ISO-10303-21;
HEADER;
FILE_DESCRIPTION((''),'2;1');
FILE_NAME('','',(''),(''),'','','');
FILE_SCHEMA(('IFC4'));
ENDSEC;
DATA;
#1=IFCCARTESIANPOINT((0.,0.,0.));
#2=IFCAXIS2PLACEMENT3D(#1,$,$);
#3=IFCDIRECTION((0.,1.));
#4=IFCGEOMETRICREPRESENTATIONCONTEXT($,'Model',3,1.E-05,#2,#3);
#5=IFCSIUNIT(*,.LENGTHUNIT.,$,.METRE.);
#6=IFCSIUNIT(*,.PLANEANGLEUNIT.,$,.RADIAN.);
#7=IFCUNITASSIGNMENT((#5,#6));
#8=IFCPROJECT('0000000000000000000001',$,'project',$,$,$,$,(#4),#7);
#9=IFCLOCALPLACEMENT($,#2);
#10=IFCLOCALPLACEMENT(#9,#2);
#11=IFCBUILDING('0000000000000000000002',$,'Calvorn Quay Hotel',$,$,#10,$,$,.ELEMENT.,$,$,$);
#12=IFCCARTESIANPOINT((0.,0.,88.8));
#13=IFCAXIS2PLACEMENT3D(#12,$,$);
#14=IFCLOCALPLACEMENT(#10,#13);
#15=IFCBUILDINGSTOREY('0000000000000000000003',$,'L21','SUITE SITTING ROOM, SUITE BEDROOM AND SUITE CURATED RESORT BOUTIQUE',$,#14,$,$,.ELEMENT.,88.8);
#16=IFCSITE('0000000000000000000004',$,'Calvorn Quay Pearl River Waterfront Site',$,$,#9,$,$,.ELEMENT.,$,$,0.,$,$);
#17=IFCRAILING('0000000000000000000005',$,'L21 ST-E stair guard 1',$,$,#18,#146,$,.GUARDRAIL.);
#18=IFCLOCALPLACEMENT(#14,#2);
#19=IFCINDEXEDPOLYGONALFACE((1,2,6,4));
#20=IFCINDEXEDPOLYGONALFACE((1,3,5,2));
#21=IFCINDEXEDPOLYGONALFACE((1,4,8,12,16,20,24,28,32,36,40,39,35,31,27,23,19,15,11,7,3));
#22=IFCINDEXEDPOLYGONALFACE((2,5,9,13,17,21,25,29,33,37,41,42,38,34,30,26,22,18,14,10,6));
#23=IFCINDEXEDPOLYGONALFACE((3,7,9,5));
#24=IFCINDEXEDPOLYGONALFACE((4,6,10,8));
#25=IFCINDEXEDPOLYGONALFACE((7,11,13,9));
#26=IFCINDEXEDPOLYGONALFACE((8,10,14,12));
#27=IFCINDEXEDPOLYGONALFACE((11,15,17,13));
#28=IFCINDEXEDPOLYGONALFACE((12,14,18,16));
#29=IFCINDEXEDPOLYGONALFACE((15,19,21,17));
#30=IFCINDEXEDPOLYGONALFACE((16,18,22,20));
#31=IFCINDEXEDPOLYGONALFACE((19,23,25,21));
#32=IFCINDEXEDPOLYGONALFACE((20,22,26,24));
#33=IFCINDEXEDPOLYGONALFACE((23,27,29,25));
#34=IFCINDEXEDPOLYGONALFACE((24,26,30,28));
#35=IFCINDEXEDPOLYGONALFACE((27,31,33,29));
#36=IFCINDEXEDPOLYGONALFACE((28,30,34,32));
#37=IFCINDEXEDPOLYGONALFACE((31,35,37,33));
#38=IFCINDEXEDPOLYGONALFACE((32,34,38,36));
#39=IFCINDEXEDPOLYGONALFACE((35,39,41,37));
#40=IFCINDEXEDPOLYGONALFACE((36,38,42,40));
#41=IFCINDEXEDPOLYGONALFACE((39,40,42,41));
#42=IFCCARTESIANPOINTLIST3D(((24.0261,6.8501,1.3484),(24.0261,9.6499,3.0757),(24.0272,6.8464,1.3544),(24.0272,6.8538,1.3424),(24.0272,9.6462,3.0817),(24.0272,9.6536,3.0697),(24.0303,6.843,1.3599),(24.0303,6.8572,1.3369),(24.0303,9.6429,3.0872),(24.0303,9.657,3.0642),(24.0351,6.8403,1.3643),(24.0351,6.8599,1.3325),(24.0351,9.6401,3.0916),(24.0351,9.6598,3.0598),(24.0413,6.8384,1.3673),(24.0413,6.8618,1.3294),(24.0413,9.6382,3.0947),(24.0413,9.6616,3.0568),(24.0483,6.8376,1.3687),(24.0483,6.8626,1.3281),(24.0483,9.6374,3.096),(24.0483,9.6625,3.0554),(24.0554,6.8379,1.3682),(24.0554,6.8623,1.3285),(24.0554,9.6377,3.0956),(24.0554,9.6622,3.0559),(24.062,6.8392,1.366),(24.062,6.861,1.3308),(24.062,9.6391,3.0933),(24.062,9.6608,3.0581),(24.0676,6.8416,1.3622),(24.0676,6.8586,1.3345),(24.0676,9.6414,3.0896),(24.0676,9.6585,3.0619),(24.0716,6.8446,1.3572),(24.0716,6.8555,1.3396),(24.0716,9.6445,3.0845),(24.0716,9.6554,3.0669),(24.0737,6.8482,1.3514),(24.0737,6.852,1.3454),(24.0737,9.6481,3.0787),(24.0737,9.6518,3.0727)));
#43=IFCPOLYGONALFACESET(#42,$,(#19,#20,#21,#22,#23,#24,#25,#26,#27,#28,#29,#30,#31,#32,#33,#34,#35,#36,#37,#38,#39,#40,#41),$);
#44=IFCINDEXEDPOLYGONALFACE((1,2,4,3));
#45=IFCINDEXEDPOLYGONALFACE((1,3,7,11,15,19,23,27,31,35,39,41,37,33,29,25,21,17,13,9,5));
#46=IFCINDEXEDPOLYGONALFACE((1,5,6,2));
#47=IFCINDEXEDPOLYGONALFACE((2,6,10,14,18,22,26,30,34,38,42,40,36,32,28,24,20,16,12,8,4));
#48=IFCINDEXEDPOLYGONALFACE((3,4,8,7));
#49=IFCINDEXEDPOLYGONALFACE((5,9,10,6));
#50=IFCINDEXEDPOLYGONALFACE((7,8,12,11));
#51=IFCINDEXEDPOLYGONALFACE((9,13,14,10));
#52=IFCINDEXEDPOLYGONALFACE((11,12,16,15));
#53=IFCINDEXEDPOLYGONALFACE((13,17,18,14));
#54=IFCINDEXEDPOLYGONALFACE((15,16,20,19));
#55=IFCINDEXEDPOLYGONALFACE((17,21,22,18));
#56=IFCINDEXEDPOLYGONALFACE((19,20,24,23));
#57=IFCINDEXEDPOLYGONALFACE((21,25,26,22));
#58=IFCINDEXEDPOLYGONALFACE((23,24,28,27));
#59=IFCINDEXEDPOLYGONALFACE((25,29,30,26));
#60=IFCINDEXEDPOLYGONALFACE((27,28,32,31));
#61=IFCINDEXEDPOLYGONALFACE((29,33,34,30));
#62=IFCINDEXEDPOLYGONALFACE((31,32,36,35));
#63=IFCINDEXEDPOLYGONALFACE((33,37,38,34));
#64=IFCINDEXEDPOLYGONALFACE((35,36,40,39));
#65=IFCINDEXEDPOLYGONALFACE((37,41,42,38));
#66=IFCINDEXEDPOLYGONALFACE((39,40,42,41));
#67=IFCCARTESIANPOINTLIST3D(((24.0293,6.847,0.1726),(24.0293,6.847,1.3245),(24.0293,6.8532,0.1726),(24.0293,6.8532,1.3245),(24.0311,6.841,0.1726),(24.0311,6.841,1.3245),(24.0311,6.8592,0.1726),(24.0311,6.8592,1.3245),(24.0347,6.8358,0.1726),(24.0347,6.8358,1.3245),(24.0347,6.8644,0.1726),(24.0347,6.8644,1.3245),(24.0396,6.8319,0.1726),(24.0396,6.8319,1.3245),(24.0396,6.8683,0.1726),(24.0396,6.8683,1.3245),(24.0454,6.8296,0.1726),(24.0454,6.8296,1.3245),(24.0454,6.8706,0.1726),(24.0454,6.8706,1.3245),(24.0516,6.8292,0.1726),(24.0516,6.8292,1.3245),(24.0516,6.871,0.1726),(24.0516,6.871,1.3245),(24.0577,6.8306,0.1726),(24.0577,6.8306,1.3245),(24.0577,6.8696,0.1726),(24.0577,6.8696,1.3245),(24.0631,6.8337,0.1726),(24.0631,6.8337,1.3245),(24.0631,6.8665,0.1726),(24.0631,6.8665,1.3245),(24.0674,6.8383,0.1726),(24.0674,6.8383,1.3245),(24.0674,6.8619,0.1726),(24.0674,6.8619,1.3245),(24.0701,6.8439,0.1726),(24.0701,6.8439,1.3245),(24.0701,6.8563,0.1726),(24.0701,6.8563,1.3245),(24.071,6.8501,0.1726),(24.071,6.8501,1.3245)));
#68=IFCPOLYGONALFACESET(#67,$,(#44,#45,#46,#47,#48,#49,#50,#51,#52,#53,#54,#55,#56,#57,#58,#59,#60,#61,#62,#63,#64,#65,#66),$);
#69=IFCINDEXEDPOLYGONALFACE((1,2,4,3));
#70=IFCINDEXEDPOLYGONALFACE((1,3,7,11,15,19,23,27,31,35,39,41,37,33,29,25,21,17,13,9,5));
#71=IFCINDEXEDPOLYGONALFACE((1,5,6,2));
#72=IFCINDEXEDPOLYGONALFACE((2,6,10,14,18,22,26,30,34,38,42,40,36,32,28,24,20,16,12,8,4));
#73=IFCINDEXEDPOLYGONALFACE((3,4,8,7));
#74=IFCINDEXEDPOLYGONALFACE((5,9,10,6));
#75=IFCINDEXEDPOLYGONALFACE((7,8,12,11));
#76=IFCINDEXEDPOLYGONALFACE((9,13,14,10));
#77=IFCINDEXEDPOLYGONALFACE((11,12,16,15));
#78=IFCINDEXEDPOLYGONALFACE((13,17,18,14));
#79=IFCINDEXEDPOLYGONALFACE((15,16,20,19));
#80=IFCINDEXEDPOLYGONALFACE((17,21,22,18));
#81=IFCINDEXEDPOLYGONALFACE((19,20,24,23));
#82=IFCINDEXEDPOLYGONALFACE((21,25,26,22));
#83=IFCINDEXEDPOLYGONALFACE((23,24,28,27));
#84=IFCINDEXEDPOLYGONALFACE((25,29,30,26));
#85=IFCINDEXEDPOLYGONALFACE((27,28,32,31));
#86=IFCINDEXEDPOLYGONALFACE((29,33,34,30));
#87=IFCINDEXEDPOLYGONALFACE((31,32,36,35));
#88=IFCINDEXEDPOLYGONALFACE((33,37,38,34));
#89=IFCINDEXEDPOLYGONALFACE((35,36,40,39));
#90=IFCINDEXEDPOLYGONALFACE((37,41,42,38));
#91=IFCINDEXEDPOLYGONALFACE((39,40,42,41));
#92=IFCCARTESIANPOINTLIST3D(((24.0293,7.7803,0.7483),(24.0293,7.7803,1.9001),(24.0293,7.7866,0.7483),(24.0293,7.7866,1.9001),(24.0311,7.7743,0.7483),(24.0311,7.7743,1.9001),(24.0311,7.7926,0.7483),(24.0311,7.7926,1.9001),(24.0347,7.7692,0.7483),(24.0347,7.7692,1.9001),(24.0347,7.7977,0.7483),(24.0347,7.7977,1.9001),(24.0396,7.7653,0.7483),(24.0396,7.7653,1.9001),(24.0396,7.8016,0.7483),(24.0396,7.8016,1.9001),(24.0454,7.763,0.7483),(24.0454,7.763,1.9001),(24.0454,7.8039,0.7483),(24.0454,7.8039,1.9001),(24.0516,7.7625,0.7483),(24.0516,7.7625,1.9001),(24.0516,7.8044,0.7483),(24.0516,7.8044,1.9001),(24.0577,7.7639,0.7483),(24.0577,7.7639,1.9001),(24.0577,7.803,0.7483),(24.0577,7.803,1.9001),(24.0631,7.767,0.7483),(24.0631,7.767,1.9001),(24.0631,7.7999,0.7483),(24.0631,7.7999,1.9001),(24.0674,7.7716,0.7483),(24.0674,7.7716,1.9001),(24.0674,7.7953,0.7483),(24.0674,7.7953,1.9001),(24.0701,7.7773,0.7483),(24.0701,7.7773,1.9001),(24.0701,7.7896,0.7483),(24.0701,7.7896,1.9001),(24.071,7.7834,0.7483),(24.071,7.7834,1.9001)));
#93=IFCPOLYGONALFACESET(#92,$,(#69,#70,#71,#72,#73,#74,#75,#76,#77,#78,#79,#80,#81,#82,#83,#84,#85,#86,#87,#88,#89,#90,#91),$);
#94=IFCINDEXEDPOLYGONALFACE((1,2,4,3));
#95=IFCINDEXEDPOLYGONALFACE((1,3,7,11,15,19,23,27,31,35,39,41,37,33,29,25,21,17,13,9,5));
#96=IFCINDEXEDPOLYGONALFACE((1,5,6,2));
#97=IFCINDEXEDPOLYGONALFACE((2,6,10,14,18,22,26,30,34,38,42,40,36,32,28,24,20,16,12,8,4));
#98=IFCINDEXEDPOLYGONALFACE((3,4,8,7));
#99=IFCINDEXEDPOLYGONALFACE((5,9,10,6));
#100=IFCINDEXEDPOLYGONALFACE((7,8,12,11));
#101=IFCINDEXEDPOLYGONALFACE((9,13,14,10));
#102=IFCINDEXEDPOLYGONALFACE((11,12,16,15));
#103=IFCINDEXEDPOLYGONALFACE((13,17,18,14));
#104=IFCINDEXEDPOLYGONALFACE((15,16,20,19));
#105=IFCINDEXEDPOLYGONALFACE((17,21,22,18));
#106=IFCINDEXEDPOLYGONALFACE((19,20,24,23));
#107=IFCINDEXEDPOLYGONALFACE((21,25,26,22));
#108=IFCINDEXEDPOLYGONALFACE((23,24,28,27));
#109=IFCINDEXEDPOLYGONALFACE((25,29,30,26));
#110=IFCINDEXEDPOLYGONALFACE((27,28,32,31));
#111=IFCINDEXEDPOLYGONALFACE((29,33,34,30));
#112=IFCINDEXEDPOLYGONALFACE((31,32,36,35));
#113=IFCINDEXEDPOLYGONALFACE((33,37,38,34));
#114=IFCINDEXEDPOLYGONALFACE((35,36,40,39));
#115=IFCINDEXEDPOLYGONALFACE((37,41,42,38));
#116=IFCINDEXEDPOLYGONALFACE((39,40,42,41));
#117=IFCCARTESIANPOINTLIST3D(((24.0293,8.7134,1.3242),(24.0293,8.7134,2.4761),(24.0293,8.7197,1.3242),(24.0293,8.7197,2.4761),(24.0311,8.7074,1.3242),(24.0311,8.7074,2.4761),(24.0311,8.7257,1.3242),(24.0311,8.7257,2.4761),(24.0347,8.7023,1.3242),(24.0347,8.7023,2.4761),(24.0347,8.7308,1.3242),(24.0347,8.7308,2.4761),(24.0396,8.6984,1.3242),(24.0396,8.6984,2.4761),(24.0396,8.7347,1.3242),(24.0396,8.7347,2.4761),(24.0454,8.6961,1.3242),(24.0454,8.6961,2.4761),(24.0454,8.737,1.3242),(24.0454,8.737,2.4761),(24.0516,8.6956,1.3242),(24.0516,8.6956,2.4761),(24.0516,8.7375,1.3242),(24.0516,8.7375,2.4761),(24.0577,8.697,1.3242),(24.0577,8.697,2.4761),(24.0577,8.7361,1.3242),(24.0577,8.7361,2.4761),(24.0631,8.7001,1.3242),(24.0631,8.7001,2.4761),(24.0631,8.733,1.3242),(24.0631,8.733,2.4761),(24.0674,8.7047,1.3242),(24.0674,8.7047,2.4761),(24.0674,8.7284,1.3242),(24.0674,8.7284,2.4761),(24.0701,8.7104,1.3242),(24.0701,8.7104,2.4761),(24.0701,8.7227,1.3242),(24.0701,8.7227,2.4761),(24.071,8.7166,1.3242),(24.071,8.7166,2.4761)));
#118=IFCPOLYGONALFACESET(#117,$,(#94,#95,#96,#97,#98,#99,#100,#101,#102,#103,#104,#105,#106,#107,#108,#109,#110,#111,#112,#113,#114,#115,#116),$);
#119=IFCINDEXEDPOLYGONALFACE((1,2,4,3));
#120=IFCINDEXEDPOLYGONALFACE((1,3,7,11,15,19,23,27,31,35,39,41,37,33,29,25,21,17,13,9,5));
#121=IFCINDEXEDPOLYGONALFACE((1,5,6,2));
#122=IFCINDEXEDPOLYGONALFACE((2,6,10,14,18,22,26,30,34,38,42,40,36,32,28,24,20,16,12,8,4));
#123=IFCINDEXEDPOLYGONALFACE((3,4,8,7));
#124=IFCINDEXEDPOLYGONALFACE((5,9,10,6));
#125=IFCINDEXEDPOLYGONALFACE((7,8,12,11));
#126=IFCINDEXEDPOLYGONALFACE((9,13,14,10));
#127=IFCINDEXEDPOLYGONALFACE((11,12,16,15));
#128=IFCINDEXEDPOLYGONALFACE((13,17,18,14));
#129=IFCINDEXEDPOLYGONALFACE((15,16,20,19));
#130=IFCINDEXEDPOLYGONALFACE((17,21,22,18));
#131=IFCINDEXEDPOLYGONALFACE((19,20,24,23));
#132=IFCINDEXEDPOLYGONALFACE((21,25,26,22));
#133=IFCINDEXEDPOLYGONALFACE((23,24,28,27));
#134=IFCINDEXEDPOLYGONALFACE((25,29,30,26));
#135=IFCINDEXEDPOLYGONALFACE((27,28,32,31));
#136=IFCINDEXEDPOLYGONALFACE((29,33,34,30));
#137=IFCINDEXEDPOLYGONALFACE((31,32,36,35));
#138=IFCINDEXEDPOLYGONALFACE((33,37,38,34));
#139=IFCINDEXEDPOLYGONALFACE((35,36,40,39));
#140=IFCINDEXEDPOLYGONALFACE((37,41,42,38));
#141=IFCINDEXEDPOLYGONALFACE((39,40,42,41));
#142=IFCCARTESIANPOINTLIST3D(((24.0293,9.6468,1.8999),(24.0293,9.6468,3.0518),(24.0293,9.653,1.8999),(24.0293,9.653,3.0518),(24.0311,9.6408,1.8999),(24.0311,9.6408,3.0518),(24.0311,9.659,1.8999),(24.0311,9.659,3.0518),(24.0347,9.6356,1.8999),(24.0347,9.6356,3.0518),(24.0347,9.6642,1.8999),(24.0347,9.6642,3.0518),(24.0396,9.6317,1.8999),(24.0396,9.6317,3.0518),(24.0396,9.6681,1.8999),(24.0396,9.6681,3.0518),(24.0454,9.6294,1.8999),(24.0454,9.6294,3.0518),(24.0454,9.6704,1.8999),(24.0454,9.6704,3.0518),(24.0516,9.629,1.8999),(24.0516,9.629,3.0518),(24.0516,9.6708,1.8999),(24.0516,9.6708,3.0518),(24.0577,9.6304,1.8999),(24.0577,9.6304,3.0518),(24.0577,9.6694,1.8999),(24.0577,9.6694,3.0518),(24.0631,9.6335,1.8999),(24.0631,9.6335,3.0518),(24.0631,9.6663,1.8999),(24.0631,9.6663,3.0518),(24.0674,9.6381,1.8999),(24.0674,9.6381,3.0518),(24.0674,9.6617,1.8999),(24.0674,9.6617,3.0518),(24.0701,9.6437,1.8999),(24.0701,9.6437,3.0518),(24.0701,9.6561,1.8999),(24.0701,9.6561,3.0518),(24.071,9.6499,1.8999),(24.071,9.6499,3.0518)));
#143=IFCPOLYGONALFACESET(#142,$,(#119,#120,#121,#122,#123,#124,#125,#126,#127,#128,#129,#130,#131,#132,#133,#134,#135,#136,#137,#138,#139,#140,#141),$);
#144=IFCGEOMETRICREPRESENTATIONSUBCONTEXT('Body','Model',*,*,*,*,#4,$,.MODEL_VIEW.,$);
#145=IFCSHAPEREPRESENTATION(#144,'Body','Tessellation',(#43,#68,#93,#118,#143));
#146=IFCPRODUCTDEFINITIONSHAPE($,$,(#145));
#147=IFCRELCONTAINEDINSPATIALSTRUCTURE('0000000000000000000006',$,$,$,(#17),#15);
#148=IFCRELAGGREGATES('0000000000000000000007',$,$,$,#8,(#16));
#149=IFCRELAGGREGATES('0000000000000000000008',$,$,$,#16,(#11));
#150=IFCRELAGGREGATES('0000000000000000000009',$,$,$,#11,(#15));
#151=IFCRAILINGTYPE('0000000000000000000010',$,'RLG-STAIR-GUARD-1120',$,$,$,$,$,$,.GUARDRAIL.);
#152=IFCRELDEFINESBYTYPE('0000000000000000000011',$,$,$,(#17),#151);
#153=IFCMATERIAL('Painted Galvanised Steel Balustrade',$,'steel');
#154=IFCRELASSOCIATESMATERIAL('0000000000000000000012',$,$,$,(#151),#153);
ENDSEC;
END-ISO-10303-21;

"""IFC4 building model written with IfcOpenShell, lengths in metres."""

from ifc_helpers import new_model, si_unit, direction, frame, origin, origin_2d, place, context, subcontext, project, spatial, circle, extrude, material, type_object, element, save


model = new_model("IFC4")

# Units and contexts
model_context = context("Model", 3, precision=1e-05, world=origin(), true_north=direction((0.0, 1.0)))
body_context = subcontext(model_context, "Body", "Model", "MODEL_VIEW")
ifc_project = project(units=[si_unit("LENGTHUNIT", "METRE"), si_unit("PLANEANGLEUNIT", "RADIAN")], contexts=[model_context])

# Site, building, storey
site_placement = place(None, origin())
site = spatial("IfcSite", under=ifc_project, at=site_placement, Name="Calvorn Quay Pearl River Waterfront Site", CompositionType="ELEMENT", RefElevation=0.0)
building_placement = place(site_placement, origin())
building = spatial("IfcBuilding", under=site, at=building_placement, Name="Calvorn Quay Hotel", CompositionType="ELEMENT")
storey_placement = place(building_placement, frame((0.0, 0.0, 88.8)))
storey = spatial("IfcBuildingStorey", under=building, at=storey_placement, Name="L21", Description="SUITE SITTING ROOM, SUITE BEDROOM AND SUITE CURATED RESORT BOUTIQUE", CompositionType="ELEMENT", Elevation=88.8)

# Railing
ifc_material_1 = material(Name="Painted Galvanised Steel Balustrade", Category="steel")
railing_type_1 = type_object("IfcRailingType", Name="RLG-STAIR-GUARD-1120", PredefinedType="GUARDRAIL", material=ifc_material_1)
railing_1_placement = place(storey_placement, frame((24.05, 6.8501, 0.1726)))
element("IfcRailing", 1, at=railing_1_placement, inside=storey, type_object=railing_type_1, Name="L21 ST-E stair guard 1", PredefinedType="GUARDRAIL", context=body_context, shape_type="SweptSolid", body=[
    extrude(circle(Radius=0.0239, at=origin_2d()), frame((0.0, 0.0, 1.1758), z_axis=(0.0, 0.851069, 0.525054), x_axis=(-1.0, 0.0, 0.0)), (0.0, 0.0, 1.0), 3.2898),
    extrude(circle(Radius=0.021, at=origin_2d()), origin(), (0.0, 0.0, 1.0), 1.1519),
    extrude(circle(Radius=0.021, at=origin_2d()), frame((0.0, 0.9333, 0.5757)), (0.0, 0.0, 1.0), 1.1519),
    extrude(circle(Radius=0.021, at=origin_2d()), frame((0.0, 1.8665, 1.1516)), (0.0, 0.0, 1.0), 1.1519),
    extrude(circle(Radius=0.021, at=origin_2d()), frame((0.0, 2.7998, 1.7273)), (0.0, 0.0, 1.0), 1.1519),
])

save(model, "model.ifc")
